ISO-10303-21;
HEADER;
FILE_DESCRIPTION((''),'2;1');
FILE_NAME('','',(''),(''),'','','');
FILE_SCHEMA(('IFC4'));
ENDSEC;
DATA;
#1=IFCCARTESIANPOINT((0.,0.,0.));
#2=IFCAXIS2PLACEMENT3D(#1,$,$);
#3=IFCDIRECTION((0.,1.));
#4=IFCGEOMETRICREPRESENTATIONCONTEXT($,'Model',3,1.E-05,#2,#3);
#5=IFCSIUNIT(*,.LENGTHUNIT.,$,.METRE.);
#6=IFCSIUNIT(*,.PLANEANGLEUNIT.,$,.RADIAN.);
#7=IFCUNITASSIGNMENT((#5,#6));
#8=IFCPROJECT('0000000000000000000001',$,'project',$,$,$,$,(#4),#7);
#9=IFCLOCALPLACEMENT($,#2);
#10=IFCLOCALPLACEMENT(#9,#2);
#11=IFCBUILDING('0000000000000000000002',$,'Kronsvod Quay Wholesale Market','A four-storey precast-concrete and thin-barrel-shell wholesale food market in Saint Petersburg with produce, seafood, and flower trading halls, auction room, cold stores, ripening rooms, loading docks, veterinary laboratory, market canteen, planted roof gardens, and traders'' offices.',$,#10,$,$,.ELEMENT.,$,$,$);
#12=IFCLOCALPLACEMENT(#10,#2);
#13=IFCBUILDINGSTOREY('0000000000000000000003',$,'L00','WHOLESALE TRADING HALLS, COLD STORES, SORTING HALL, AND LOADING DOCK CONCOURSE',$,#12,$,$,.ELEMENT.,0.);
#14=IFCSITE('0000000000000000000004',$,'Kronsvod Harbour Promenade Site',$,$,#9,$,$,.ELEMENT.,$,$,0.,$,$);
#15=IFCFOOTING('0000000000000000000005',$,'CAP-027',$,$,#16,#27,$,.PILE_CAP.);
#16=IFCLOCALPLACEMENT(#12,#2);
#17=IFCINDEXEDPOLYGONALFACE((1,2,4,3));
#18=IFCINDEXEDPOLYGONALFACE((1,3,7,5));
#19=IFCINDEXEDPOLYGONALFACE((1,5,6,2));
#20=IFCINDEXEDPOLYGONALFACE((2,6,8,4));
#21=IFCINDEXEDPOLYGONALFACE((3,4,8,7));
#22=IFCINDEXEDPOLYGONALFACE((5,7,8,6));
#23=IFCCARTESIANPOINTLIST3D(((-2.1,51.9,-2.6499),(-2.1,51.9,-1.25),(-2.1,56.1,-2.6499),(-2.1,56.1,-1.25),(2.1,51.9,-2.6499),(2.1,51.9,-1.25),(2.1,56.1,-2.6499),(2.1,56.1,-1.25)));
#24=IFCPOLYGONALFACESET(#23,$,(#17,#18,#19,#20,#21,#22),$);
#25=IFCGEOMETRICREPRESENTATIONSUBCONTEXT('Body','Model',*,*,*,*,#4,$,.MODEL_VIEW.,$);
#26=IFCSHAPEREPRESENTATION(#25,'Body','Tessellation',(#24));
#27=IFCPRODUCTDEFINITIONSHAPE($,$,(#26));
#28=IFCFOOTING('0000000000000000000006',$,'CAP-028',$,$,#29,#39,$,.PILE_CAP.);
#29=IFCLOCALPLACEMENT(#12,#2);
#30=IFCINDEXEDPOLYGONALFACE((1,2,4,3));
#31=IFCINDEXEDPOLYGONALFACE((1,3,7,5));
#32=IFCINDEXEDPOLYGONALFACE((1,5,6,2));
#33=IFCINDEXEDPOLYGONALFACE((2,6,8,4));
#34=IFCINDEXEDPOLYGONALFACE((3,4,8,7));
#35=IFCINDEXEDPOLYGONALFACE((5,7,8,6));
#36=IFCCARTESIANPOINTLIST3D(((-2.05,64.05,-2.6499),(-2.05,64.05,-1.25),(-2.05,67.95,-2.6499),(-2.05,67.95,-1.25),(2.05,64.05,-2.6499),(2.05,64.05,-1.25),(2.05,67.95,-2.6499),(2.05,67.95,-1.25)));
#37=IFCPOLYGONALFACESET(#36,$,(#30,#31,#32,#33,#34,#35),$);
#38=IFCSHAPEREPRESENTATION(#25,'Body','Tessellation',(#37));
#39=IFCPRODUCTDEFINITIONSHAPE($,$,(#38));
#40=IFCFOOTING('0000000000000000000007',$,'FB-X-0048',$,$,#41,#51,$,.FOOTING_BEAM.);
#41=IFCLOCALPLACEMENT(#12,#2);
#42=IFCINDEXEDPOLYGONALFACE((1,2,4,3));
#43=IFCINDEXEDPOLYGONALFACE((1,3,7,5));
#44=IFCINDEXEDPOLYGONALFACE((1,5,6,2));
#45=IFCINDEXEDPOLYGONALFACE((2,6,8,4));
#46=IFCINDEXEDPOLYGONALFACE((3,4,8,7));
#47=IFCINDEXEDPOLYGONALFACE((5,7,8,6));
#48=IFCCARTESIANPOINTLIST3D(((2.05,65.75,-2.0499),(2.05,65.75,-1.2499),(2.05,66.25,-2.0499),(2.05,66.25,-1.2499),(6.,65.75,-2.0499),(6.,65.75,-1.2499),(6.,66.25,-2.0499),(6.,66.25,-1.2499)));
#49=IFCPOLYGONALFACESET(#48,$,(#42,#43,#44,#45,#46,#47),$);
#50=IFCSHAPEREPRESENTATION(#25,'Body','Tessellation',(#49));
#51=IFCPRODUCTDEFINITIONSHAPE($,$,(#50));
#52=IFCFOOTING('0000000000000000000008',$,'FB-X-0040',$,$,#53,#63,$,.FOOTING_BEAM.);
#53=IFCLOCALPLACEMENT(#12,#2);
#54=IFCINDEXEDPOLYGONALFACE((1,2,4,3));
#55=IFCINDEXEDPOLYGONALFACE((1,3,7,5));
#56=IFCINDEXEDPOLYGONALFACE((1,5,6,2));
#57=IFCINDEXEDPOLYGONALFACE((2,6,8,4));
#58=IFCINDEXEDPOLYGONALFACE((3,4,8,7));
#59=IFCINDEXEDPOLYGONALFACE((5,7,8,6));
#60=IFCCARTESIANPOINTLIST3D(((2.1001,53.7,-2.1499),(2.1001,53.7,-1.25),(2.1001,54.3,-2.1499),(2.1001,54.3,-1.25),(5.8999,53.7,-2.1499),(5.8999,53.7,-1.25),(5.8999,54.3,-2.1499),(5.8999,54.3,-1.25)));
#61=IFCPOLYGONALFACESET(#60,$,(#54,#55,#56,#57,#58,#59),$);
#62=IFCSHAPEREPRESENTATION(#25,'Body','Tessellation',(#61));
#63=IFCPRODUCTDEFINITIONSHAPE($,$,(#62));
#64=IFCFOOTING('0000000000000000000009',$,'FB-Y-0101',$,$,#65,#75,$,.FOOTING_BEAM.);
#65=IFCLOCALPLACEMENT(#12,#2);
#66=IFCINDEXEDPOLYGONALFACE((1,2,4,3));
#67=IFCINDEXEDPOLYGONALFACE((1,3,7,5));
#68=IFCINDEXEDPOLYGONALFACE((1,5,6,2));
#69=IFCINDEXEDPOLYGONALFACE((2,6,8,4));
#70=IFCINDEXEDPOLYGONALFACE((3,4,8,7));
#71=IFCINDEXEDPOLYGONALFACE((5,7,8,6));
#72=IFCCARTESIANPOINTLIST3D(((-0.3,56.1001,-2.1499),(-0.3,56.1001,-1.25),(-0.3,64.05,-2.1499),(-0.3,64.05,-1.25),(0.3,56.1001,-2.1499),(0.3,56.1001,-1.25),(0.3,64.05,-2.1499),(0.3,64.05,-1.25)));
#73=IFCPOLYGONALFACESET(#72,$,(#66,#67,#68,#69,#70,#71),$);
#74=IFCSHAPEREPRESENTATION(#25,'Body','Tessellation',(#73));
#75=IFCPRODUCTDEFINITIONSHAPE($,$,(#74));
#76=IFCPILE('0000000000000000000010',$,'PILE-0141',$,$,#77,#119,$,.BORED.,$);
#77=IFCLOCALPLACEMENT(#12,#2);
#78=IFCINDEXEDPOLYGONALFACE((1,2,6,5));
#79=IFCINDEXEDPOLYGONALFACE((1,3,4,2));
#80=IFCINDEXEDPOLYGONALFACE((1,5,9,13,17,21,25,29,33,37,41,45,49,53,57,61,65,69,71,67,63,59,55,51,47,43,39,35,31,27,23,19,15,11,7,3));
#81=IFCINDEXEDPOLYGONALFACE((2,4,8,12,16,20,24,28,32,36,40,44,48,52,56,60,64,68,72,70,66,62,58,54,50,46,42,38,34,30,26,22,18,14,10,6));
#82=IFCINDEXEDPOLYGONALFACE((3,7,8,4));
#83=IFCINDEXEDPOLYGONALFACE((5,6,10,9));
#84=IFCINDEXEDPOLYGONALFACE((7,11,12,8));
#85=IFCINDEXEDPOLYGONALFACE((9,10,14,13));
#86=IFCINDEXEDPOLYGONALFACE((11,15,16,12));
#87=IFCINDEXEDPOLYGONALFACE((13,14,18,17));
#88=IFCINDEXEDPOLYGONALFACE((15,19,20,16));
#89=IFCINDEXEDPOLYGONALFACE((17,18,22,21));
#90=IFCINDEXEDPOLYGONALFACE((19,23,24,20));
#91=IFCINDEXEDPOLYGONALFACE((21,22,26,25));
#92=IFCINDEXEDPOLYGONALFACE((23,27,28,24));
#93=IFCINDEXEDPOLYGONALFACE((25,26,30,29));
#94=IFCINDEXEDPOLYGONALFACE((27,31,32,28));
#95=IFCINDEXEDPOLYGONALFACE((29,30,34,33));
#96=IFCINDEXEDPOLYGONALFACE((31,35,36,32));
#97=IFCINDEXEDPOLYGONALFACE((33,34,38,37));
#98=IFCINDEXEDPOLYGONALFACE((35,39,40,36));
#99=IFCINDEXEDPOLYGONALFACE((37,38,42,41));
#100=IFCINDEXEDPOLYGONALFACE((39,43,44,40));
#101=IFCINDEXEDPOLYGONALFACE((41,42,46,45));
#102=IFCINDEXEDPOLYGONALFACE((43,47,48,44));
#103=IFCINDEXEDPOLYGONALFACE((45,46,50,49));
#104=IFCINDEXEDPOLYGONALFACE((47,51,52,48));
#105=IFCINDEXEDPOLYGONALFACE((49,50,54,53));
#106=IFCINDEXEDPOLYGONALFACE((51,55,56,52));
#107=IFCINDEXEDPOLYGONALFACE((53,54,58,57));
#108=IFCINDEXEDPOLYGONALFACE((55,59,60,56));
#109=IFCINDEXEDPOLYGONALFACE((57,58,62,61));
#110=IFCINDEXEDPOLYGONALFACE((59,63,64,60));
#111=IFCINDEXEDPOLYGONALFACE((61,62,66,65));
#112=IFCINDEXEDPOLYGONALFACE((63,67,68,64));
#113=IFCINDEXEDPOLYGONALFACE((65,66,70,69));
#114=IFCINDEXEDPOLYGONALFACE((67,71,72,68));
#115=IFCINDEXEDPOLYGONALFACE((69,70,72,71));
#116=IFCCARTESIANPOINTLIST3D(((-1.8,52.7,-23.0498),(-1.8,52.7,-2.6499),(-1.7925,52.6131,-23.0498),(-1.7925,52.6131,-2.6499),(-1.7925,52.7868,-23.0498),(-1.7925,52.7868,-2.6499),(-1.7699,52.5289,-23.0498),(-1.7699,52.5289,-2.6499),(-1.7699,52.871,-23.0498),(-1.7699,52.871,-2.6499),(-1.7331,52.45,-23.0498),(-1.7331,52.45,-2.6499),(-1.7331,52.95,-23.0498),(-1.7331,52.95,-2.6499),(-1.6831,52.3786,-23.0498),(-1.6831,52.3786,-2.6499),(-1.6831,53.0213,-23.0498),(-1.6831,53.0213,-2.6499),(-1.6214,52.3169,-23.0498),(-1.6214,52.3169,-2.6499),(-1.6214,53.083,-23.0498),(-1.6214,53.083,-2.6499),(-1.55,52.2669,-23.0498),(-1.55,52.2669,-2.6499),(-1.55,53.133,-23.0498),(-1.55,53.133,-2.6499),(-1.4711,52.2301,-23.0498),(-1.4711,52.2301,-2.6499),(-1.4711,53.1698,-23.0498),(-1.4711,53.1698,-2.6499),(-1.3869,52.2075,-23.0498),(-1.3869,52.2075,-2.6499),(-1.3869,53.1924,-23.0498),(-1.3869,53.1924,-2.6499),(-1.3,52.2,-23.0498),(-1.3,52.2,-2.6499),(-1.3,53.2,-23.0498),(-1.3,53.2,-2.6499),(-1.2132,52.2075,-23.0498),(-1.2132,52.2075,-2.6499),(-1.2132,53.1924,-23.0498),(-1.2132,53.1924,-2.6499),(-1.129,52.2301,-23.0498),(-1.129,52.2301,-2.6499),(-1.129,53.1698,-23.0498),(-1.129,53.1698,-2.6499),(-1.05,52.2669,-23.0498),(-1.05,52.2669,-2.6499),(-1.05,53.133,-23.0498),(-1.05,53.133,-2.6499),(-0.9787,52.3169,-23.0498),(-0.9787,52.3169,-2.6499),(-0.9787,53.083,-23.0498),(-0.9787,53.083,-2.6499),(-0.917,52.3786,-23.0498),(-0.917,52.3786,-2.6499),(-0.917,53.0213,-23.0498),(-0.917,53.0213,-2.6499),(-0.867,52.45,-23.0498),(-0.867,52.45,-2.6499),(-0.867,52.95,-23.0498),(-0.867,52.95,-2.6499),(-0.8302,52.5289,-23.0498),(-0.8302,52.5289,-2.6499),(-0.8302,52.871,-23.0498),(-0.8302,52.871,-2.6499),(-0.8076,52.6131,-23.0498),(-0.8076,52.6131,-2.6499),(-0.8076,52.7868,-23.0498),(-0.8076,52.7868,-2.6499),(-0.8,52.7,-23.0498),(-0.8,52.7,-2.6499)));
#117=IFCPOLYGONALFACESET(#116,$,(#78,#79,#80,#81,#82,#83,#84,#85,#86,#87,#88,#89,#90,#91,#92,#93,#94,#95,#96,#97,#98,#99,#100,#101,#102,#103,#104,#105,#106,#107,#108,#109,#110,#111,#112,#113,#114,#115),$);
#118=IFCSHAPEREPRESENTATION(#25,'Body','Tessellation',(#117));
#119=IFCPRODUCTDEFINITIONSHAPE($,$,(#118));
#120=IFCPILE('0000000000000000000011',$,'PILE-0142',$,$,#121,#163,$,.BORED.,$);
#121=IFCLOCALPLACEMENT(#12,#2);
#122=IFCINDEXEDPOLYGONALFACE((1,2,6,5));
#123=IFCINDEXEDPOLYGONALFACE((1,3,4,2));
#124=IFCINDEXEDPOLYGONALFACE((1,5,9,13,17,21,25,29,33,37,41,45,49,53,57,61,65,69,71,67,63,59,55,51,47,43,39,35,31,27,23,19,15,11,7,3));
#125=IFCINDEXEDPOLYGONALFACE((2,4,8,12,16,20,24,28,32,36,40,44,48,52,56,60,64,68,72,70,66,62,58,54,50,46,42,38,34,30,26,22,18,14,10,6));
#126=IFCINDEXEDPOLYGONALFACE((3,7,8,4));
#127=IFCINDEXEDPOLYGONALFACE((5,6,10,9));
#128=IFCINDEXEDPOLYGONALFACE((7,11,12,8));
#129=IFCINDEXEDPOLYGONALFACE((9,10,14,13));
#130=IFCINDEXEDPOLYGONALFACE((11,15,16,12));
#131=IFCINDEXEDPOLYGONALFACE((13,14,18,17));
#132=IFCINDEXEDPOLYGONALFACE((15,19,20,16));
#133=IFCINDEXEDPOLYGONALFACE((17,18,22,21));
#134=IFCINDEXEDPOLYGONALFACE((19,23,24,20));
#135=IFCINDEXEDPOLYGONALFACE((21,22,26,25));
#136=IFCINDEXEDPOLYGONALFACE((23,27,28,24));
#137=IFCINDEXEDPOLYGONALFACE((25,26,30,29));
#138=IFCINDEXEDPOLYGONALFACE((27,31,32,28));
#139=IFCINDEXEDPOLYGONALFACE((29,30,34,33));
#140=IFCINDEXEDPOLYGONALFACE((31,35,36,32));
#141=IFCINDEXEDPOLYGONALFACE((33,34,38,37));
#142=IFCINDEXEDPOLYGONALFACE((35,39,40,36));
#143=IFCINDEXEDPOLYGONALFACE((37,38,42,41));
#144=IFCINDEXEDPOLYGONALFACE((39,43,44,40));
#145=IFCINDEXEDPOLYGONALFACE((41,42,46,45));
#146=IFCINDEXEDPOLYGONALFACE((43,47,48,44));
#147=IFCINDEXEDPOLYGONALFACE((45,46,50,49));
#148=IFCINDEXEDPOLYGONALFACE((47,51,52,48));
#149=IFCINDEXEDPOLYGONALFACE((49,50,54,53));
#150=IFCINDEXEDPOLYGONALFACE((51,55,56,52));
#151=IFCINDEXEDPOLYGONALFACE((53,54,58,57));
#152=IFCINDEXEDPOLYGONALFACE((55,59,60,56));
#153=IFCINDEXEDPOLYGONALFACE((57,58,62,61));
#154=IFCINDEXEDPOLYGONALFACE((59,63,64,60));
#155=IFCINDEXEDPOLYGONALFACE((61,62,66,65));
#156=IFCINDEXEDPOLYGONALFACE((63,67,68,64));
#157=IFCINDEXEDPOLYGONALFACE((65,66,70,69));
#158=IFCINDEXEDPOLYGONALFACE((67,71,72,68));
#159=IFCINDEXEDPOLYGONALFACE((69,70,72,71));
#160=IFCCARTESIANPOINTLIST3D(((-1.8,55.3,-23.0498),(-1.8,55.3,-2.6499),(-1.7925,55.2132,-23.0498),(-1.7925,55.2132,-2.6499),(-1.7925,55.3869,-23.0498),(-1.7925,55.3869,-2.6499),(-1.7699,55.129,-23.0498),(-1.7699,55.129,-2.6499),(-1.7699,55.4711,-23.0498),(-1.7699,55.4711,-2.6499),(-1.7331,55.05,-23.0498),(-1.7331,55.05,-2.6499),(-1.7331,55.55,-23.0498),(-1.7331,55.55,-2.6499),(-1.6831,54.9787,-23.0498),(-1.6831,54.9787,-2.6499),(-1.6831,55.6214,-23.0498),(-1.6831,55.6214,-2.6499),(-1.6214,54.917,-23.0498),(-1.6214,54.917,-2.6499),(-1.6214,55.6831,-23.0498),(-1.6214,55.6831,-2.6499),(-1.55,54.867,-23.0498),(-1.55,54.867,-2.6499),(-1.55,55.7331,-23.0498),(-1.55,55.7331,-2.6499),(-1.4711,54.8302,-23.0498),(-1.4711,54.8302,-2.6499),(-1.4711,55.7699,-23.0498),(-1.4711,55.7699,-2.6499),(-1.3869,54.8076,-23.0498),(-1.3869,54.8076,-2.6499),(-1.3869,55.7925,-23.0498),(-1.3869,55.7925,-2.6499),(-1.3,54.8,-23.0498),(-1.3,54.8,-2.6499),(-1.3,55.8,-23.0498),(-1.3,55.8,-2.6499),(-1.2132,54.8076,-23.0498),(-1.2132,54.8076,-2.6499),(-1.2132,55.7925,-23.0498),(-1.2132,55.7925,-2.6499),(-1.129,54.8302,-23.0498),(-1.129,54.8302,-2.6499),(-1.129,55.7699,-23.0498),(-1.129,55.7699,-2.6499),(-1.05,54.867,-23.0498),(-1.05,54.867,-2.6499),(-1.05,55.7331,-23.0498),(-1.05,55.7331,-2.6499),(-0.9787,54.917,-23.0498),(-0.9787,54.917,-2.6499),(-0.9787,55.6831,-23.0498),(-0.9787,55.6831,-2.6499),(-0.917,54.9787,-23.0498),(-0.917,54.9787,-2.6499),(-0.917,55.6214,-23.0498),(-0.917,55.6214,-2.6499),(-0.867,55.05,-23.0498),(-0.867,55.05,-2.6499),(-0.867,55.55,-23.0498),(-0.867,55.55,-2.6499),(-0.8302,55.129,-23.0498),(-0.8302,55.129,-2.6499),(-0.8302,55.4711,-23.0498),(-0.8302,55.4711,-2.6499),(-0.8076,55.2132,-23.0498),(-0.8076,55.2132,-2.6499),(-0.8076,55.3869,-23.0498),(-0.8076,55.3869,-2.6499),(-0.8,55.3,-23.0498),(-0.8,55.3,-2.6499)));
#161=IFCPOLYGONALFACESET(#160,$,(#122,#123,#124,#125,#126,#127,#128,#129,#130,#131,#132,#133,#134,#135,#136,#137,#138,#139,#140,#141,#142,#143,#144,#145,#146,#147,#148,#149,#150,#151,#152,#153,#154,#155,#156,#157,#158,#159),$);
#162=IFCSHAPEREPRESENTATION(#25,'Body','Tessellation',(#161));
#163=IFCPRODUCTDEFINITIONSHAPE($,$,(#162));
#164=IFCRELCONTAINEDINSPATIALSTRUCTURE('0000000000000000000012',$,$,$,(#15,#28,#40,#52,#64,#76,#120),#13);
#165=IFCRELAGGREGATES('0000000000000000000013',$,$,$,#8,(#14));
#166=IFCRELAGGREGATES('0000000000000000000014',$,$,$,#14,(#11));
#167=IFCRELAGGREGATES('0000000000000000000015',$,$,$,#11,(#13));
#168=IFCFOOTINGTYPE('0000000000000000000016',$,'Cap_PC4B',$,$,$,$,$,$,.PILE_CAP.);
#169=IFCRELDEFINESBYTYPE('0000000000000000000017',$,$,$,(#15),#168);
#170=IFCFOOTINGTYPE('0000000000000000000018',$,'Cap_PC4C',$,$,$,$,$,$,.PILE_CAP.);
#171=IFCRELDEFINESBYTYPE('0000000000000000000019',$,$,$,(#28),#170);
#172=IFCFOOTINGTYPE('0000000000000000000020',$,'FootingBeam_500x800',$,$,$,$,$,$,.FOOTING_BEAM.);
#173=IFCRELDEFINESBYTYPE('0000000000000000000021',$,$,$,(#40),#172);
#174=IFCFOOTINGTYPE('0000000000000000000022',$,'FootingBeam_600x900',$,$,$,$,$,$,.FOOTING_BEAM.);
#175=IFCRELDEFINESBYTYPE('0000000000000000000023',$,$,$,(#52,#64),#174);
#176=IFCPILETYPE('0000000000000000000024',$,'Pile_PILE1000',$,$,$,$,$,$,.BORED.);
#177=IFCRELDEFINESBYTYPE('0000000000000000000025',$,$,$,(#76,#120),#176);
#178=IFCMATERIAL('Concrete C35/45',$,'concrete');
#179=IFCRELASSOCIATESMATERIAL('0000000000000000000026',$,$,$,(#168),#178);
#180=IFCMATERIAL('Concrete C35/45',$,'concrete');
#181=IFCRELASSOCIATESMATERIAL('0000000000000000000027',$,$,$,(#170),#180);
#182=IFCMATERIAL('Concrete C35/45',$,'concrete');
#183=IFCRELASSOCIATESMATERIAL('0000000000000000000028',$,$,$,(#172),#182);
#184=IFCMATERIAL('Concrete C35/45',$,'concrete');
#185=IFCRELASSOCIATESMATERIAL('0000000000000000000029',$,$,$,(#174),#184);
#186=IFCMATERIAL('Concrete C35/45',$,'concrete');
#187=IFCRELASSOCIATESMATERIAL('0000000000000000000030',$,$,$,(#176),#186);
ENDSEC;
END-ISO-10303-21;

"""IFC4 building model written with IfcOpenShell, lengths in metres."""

from ifc_helpers import new_model, si_unit, direction, frame, origin, origin_2d, place, context, subcontext, project, spatial, rectangle, circle, extrude, material, material_profile, profile_set, type_object, element, save


model = new_model("IFC4")

# Units and contexts
model_context = context("Model", 3, precision=1e-05, world=origin(), true_north=direction((0.0, 1.0)))
body_context = subcontext(model_context, "Body", "Model", "MODEL_VIEW")
ifc_project = project(units=[si_unit("LENGTHUNIT", "METRE"), si_unit("PLANEANGLEUNIT", "RADIAN")], contexts=[model_context])

# Site, building, storey
site_placement = place(None, origin())
site = spatial("IfcSite", under=ifc_project, at=site_placement, Name="Kronsvod Harbour Promenade Site", CompositionType="ELEMENT", RefElevation=0.0)
building_placement = place(site_placement, origin())
building = spatial("IfcBuilding", under=site, at=building_placement, Name="Kronsvod Quay Wholesale Market", Description="A four-storey precast-concrete and thin-barrel-shell wholesale food market in Saint Petersburg with produce, seafood, and flower trading halls, auction room, cold stores, ripening rooms, loading docks, veterinary laboratory, market canteen, planted roof gardens, and traders' offices.", CompositionType="ELEMENT")
storey_placement = place(building_placement, origin())
storey = spatial("IfcBuildingStorey", under=building, at=storey_placement, Name="L00", Description="WHOLESALE TRADING HALLS, COLD STORES, SORTING HALL, AND LOADING DOCK CONCOURSE", CompositionType="ELEMENT", Elevation=0.0)

# Footings
ifc_material_1 = material(Name="Concrete C35/45", Category="concrete")
footing_type_1 = type_object("IfcFootingType", Name="Cap_PC4B", PredefinedType="PILE_CAP", material=ifc_material_1)
footing_1_placement = place(storey_placement, frame((0.0, 54.0, -2.6499), z_axis=(0.0, 0.0, 1.0), x_axis=(1.0, 0.0, 0.0)))
element("IfcFooting", 1, at=footing_1_placement, inside=storey, type_object=footing_type_1, Name="CAP-027", PredefinedType="PILE_CAP", context=body_context, shape_type="SweptSolid", body=[
    extrude(rectangle(XDim=4.2, YDim=4.2, at=origin_2d()), origin(), (0.0, 0.0, 1.0), 1.3999),
])
ifc_material_2 = material(Name="Concrete C35/45", Category="concrete")
footing_type_2 = type_object("IfcFootingType", Name="Cap_PC4C", PredefinedType="PILE_CAP", material=ifc_material_2)
footing_2_placement = place(storey_placement, frame((0.0, 66.0, -2.6499), z_axis=(0.0, 0.0, 1.0), x_axis=(1.0, 0.0, 0.0)))
element("IfcFooting", 2, at=footing_2_placement, inside=storey, type_object=footing_type_2, Name="CAP-028", PredefinedType="PILE_CAP", context=body_context, shape_type="SweptSolid", body=[
    extrude(rectangle(XDim=4.1001, YDim=3.8999, at=origin_2d()), origin(), (0.0, 0.0, 1.0), 1.3999),
])
ifc_material_3 = material(Name="Concrete C35/45", Category="concrete")
ifc_material_profile_1 = material_profile(ifc_material_3, rectangle(XDim=0.5, YDim=0.8, at=origin_2d()), Name="FB-01")
ifc_profile_set_1 = profile_set([ifc_material_profile_1], Name="Concrete C35/45")
footing_type_3 = type_object("IfcFootingType", Name="FootingBeam_500x800", PredefinedType="FOOTING_BEAM", material=ifc_profile_set_1)
footing_3_placement = place(storey_placement, frame((2.05, 66.0, -1.6499), z_axis=(1.0, 0.0, 0.0), x_axis=(0.0, 1.0, 0.0)))
element("IfcFooting", 3, at=footing_3_placement, inside=storey, type_object=footing_type_3, Name="FB-X-0048", PredefinedType="FOOTING_BEAM", context=body_context, shape_type="SweptSolid", body=[
    extrude(rectangle(XDim=0.5, YDim=0.8, at=origin_2d()), origin(), (0.0, 0.0, 1.0), 3.95),
])
ifc_material_4 = material(Name="Concrete C35/45", Category="concrete")
ifc_material_profile_2 = material_profile(ifc_material_4, rectangle(XDim=0.6001, YDim=0.8999, at=origin_2d()), Name="FB-02")
ifc_profile_set_2 = profile_set([ifc_material_profile_2], Name="Concrete C35/45")
footing_type_4 = type_object("IfcFootingType", Name="FootingBeam_600x900", PredefinedType="FOOTING_BEAM", material=ifc_profile_set_2)
footing_4_placement = place(storey_placement, frame((2.1001, 54.0, -1.7), z_axis=(1.0, 0.0, 0.0), x_axis=(0.0, 1.0, 0.0)))
element("IfcFooting", 4, at=footing_4_placement, inside=storey, type_object=footing_type_4, Name="FB-X-0040", PredefinedType="FOOTING_BEAM", context=body_context, shape_type="SweptSolid", body=[
    extrude(rectangle(XDim=0.6001, YDim=0.8999, at=origin_2d()), origin(), (0.0, 0.0, 1.0), 3.7998),
])
footing_5_placement = place(storey_placement, frame((0.0, 56.1001, -1.7), z_axis=(0.0, 1.0, 0.0), x_axis=(-1.0, 0.0, 0.0)))
element("IfcFooting", 5, at=footing_5_placement, inside=storey, type_object=footing_type_4, Name="FB-Y-0101", PredefinedType="FOOTING_BEAM", context=body_context, shape_type="SweptSolid", body=[
    extrude(rectangle(XDim=0.6001, YDim=0.8999, at=origin_2d()), origin(), (0.0, 0.0, 1.0), 7.95),
])

# Piles
ifc_material_5 = material(Name="Concrete C35/45", Category="concrete")
ifc_material_profile_3 = material_profile(ifc_material_5, circle(Radius=0.5, at=origin_2d()), Name="PILE1000")
ifc_profile_set_3 = profile_set([ifc_material_profile_3], Name="Concrete C35/45")
pile_type_1 = type_object("IfcPileType", Name="Pile_PILE1000", PredefinedType="BORED", material=ifc_profile_set_3)
for number, where, z_axis, x_axis, name in (
    (6, (-1.3, 52.7, -2.6499), (0.0, 0.0, -1.0), (1.0, 0.0, 0.0), "PILE-0141"),
    (7, (-1.3, 55.3, -2.6499), (0.0, 0.0, -1.0), (1.0, 0.0, 0.0), "PILE-0142"),
):
    element("IfcPile", number, at=place(storey_placement, frame(where, z_axis=z_axis, x_axis=x_axis)), inside=storey, type_object=pile_type_1, Name=name, PredefinedType="BORED", context=body_context, shape_type="SweptSolid", body=[
        extrude(circle(Radius=0.5, at=origin_2d()), origin(), (0.0, 0.0, 1.0), 20.3999),
    ])

save(model, "model.ifc")
